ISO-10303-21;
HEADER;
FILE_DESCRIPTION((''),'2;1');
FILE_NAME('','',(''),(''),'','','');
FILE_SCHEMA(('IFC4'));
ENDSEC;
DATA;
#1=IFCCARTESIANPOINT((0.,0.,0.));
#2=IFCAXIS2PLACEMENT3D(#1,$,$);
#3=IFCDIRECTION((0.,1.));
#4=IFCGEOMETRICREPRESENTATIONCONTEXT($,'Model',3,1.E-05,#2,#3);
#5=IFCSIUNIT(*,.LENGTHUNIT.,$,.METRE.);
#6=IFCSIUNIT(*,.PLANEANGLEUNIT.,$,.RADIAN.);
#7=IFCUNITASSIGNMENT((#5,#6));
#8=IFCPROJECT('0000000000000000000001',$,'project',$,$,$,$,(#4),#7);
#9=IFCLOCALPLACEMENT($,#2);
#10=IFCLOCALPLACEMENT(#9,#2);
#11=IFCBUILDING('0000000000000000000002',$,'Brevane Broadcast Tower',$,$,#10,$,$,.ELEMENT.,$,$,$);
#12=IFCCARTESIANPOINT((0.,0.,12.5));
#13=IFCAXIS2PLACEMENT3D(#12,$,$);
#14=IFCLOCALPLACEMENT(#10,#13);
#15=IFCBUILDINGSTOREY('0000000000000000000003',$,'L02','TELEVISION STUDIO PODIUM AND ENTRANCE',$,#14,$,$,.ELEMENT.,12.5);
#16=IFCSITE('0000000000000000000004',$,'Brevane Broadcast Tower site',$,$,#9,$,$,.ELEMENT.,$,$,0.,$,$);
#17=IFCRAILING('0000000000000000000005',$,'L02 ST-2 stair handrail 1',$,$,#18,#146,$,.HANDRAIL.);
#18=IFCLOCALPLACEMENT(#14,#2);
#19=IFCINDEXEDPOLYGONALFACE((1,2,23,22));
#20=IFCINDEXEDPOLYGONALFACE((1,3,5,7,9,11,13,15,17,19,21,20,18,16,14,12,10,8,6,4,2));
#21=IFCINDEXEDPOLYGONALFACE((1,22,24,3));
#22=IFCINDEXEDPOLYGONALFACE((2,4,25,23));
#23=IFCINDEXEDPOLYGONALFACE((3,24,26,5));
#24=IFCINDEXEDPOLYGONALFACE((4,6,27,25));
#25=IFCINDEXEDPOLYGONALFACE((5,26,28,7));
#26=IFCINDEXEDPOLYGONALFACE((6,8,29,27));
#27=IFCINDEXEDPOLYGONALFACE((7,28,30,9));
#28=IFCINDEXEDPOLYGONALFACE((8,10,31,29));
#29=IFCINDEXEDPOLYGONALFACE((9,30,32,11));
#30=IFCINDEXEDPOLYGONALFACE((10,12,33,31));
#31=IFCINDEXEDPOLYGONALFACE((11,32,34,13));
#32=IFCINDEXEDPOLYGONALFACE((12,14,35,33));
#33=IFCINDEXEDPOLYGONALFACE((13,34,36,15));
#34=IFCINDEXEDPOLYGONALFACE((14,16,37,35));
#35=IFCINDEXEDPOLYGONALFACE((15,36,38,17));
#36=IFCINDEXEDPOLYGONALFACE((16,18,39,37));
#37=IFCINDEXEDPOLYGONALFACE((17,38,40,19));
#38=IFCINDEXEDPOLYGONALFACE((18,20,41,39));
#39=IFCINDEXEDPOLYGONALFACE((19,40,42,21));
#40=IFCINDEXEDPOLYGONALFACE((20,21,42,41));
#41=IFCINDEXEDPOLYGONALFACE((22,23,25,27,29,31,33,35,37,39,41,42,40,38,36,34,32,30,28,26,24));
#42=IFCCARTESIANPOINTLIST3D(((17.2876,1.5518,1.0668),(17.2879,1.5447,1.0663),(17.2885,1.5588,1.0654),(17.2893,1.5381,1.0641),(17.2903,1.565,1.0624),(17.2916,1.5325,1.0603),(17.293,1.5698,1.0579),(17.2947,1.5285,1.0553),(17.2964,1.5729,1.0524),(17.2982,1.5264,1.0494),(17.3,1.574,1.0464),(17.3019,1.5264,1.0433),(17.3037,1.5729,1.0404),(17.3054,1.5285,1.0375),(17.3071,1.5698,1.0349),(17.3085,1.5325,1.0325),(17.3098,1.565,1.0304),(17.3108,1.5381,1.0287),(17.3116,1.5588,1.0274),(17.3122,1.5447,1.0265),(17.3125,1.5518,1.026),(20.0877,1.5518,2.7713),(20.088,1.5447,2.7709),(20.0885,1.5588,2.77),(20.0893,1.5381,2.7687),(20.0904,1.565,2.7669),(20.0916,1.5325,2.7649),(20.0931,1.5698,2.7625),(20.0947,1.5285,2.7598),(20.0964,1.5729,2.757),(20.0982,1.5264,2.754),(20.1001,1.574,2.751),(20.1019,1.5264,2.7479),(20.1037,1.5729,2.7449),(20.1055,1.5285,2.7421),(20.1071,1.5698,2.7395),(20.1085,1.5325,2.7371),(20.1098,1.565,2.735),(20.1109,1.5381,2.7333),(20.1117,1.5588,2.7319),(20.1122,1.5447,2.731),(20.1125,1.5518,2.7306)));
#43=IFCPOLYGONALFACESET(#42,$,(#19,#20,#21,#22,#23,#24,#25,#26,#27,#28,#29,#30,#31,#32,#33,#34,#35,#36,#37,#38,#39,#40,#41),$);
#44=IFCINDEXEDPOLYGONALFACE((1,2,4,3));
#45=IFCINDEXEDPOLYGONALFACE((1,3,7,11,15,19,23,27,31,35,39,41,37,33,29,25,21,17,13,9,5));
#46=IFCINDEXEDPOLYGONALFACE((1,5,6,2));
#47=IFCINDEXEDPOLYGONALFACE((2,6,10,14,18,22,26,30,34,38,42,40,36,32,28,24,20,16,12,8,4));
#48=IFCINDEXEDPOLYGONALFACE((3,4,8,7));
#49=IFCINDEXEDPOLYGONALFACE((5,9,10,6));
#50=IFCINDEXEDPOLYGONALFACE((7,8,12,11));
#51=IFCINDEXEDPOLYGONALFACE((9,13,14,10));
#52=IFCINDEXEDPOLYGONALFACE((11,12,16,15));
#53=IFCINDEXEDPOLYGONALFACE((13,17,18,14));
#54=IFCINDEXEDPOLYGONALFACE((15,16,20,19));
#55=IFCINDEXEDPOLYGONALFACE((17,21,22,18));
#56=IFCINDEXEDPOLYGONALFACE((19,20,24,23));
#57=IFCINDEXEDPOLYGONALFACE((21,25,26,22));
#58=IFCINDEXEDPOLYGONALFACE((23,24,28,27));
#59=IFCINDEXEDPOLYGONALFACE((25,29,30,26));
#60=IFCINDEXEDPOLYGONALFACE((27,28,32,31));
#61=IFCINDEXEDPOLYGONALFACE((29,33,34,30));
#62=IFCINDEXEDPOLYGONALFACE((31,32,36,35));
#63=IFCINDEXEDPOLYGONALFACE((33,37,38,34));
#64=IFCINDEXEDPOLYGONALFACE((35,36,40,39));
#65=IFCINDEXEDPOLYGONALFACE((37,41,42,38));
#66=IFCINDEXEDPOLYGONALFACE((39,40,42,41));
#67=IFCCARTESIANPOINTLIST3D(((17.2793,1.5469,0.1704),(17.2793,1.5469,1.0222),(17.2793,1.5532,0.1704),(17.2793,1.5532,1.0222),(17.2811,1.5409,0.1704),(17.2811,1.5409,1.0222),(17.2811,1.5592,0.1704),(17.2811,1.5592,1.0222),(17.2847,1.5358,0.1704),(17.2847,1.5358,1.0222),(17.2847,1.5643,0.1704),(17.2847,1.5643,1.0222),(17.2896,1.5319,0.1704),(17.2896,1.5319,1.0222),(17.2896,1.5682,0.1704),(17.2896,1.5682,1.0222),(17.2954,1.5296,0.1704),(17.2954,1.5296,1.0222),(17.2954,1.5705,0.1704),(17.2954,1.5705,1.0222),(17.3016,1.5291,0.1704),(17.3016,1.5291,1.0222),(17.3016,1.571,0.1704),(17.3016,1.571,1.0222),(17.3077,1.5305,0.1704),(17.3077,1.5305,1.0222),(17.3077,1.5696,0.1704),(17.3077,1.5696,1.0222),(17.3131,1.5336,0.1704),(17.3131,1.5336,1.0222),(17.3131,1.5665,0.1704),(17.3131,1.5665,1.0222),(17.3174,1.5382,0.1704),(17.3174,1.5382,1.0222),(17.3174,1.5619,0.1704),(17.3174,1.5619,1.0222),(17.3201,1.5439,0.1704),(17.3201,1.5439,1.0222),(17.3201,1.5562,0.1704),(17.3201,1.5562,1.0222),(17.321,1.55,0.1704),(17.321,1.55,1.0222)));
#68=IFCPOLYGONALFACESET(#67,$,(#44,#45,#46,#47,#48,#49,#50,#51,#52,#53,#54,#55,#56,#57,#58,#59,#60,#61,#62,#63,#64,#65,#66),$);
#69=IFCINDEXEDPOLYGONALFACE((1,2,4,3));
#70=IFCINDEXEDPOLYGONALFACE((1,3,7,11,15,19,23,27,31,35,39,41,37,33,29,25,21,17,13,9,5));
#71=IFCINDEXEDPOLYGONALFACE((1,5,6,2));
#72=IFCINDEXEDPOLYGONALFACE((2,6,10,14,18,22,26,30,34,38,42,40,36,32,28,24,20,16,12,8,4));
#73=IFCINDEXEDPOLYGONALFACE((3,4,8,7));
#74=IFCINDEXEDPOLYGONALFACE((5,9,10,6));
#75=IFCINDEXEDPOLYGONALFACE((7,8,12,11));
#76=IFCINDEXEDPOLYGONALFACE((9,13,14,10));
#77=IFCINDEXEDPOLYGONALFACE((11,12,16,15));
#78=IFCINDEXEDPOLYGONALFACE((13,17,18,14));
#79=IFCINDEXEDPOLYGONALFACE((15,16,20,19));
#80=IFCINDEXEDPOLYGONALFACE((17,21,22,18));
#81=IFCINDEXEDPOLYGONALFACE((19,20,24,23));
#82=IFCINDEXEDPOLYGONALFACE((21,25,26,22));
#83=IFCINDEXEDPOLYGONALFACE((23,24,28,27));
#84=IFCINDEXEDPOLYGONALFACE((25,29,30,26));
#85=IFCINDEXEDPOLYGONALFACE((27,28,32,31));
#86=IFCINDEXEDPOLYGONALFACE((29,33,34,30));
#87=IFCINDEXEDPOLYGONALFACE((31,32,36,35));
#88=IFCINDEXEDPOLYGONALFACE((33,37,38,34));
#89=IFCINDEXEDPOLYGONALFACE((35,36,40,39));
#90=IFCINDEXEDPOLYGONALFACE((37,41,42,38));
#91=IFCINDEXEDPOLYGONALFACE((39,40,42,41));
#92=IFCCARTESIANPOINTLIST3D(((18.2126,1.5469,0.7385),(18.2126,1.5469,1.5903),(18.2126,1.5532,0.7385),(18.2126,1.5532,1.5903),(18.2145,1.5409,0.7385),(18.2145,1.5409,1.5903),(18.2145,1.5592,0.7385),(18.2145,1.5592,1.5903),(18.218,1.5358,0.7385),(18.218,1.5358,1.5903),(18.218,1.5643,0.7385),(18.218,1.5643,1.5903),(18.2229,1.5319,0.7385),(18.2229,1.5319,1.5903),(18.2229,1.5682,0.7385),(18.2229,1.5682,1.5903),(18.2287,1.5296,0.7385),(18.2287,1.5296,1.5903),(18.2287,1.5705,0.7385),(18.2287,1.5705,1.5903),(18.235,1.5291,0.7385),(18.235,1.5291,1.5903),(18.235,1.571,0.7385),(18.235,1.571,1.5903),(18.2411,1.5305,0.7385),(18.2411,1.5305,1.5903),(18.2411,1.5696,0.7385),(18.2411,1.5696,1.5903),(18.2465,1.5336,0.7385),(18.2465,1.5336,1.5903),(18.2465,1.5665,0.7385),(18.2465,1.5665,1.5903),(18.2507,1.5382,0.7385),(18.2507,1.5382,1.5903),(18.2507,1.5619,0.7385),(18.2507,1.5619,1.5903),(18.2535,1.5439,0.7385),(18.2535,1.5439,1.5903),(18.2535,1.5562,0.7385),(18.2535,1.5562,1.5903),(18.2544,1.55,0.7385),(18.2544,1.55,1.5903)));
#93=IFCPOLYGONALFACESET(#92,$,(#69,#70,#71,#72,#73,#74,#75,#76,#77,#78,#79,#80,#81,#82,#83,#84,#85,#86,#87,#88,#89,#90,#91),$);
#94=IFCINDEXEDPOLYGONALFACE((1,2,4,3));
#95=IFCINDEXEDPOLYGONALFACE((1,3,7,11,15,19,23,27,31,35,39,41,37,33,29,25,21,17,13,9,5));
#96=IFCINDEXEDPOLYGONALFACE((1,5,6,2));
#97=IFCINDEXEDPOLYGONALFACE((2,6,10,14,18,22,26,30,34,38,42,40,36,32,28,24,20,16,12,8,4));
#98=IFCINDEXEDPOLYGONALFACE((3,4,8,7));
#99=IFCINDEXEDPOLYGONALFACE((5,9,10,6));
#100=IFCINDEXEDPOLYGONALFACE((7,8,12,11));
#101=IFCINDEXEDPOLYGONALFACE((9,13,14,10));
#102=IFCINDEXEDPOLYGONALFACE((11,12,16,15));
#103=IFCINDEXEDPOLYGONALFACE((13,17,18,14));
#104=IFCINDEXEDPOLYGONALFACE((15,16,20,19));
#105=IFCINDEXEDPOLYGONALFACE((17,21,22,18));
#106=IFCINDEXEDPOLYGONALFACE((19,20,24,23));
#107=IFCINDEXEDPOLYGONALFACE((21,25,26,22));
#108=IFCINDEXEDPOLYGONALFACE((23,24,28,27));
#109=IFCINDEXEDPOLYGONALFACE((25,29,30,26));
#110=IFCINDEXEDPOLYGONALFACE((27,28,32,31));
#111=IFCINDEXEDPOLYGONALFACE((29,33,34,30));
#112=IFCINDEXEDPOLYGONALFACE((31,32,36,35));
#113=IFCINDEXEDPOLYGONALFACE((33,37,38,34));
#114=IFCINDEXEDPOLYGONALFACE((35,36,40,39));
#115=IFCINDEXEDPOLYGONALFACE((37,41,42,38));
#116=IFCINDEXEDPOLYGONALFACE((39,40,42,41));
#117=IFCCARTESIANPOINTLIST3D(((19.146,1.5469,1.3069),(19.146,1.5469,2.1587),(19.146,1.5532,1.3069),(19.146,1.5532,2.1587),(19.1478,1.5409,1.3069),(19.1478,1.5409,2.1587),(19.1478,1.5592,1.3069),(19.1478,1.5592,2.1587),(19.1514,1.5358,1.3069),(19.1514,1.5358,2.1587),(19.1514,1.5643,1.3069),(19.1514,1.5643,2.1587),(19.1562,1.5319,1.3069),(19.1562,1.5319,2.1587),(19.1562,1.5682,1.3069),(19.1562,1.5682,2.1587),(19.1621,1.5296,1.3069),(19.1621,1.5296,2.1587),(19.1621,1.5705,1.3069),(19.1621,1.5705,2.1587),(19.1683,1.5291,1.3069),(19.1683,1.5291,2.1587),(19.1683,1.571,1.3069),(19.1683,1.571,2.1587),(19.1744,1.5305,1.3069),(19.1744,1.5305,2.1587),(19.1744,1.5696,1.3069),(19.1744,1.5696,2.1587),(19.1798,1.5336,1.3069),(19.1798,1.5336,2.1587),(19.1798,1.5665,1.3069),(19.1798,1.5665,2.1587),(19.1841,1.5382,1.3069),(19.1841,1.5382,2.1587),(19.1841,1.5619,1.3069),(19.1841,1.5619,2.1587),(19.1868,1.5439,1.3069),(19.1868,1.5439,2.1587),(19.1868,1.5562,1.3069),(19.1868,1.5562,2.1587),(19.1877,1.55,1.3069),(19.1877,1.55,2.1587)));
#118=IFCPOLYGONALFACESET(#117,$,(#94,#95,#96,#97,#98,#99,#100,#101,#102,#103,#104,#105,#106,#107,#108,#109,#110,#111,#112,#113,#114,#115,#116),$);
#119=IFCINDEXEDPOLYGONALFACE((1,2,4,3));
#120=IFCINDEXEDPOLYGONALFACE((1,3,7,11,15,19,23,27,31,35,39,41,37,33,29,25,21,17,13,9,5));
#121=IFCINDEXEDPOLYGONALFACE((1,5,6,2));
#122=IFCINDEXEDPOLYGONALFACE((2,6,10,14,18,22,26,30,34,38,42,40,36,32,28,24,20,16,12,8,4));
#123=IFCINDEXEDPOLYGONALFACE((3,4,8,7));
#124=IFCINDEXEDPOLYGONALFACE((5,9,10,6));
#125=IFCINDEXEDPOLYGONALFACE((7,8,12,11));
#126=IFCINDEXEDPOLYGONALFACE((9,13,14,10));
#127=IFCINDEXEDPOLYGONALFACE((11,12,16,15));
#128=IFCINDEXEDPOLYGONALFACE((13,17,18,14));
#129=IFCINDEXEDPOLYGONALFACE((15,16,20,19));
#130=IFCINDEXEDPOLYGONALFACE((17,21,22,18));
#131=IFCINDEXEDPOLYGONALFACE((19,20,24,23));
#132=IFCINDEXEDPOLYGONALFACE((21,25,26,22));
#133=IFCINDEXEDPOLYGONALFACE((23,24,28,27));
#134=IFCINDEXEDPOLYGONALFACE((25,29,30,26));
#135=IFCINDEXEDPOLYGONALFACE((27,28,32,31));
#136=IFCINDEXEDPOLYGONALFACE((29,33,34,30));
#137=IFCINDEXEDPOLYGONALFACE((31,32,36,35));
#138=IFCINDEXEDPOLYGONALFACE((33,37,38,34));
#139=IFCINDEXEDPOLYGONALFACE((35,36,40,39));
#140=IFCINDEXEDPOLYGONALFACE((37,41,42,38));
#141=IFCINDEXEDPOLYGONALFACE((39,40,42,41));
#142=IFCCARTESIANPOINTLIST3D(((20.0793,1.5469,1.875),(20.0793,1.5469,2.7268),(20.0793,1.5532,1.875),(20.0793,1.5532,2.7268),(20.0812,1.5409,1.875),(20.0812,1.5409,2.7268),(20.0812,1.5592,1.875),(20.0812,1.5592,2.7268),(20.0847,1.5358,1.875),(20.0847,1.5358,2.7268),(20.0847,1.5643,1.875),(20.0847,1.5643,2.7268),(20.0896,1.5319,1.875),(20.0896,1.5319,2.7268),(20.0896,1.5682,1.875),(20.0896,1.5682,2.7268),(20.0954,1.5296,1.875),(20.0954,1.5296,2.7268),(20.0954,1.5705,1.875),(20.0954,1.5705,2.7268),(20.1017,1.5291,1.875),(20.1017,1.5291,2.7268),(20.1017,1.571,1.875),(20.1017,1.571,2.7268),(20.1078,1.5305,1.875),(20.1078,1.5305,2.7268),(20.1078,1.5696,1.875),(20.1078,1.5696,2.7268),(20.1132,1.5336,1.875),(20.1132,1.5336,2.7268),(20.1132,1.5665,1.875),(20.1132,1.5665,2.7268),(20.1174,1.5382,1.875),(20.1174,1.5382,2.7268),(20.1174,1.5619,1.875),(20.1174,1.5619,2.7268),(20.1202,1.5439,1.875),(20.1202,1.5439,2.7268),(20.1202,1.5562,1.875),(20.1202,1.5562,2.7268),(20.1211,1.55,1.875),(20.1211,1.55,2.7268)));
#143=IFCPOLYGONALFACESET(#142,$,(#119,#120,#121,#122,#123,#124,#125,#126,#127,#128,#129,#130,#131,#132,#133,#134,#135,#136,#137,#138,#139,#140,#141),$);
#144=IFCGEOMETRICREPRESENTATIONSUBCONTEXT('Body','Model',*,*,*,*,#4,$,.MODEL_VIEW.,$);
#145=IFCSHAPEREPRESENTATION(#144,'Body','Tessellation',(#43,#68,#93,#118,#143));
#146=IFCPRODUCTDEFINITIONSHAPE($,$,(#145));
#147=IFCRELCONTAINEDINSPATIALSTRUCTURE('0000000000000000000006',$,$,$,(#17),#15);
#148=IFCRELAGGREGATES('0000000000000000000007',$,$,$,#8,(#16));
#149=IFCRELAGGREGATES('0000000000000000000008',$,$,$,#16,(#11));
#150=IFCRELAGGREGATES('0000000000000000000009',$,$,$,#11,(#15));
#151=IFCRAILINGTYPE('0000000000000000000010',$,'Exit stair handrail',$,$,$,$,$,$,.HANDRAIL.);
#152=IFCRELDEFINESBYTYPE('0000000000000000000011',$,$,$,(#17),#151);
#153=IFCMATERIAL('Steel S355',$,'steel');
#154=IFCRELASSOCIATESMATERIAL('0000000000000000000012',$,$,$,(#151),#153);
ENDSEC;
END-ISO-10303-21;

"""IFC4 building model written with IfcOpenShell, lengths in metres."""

from ifc_helpers import new_model, si_unit, direction, frame, origin, origin_2d, place, context, subcontext, project, spatial, circle, extrude, material, type_object, element, save


model = new_model("IFC4")

# Units and contexts
model_context = context("Model", 3, precision=1e-05, world=origin(), true_north=direction((0.0, 1.0)))
body_context = subcontext(model_context, "Body", "Model", "MODEL_VIEW")
ifc_project = project(units=[si_unit("LENGTHUNIT", "METRE"), si_unit("PLANEANGLEUNIT", "RADIAN")], contexts=[model_context])

# Site, building, storey
site_placement = place(None, origin())
site = spatial("IfcSite", under=ifc_project, at=site_placement, Name="Brevane Broadcast Tower site", CompositionType="ELEMENT", RefElevation=0.0)
building_placement = place(site_placement, origin())
building = spatial("IfcBuilding", under=site, at=building_placement, Name="Brevane Broadcast Tower", CompositionType="ELEMENT")
storey_placement = place(building_placement, frame((0.0, 0.0, 12.5)))
storey = spatial("IfcBuildingStorey", under=building, at=storey_placement, Name="L02", Description="TELEVISION STUDIO PODIUM AND ENTRANCE", CompositionType="ELEMENT", Elevation=12.5)

# Railing
ifc_material_1 = material(Name="Steel S355", Category="steel")
railing_type_1 = type_object("IfcRailingType", Name="Exit stair handrail", PredefinedType="HANDRAIL", material=ifc_material_1)
railing_1_placement = place(storey_placement, frame((17.3, 1.55, 0.1704)))
element("IfcRailing", 1, at=railing_1_placement, inside=storey, type_object=railing_type_1, Name="L02 ST-2 stair handrail 1", PredefinedType="HANDRAIL", context=body_context, shape_type="SweptSolid", body=[
    extrude(circle(Radius=0.0239, at=origin_2d()), frame((0.0, 0.0, 0.876), z_axis=(0.85417, 0.0, 0.519994), x_axis=(0.0, 1.0, 0.0)), (0.0, 0.0, 1.0), 3.2781),
    extrude(circle(Radius=0.021, at=origin_2d()), origin(), (0.0, 0.0, 1.0), 0.8518),
    extrude(circle(Radius=0.021, at=origin_2d()), frame((0.9333, 0.0, 0.5681)), (0.0, 0.0, 1.0), 0.8518),
    extrude(circle(Radius=0.021, at=origin_2d()), frame((1.8667, 0.0, 1.1365)), (0.0, 0.0, 1.0), 0.8518),
    extrude(circle(Radius=0.021, at=origin_2d()), frame((2.8, 0.0, 1.7046)), (0.0, 0.0, 1.0), 0.8518),
])

save(model, "model.ifc")
